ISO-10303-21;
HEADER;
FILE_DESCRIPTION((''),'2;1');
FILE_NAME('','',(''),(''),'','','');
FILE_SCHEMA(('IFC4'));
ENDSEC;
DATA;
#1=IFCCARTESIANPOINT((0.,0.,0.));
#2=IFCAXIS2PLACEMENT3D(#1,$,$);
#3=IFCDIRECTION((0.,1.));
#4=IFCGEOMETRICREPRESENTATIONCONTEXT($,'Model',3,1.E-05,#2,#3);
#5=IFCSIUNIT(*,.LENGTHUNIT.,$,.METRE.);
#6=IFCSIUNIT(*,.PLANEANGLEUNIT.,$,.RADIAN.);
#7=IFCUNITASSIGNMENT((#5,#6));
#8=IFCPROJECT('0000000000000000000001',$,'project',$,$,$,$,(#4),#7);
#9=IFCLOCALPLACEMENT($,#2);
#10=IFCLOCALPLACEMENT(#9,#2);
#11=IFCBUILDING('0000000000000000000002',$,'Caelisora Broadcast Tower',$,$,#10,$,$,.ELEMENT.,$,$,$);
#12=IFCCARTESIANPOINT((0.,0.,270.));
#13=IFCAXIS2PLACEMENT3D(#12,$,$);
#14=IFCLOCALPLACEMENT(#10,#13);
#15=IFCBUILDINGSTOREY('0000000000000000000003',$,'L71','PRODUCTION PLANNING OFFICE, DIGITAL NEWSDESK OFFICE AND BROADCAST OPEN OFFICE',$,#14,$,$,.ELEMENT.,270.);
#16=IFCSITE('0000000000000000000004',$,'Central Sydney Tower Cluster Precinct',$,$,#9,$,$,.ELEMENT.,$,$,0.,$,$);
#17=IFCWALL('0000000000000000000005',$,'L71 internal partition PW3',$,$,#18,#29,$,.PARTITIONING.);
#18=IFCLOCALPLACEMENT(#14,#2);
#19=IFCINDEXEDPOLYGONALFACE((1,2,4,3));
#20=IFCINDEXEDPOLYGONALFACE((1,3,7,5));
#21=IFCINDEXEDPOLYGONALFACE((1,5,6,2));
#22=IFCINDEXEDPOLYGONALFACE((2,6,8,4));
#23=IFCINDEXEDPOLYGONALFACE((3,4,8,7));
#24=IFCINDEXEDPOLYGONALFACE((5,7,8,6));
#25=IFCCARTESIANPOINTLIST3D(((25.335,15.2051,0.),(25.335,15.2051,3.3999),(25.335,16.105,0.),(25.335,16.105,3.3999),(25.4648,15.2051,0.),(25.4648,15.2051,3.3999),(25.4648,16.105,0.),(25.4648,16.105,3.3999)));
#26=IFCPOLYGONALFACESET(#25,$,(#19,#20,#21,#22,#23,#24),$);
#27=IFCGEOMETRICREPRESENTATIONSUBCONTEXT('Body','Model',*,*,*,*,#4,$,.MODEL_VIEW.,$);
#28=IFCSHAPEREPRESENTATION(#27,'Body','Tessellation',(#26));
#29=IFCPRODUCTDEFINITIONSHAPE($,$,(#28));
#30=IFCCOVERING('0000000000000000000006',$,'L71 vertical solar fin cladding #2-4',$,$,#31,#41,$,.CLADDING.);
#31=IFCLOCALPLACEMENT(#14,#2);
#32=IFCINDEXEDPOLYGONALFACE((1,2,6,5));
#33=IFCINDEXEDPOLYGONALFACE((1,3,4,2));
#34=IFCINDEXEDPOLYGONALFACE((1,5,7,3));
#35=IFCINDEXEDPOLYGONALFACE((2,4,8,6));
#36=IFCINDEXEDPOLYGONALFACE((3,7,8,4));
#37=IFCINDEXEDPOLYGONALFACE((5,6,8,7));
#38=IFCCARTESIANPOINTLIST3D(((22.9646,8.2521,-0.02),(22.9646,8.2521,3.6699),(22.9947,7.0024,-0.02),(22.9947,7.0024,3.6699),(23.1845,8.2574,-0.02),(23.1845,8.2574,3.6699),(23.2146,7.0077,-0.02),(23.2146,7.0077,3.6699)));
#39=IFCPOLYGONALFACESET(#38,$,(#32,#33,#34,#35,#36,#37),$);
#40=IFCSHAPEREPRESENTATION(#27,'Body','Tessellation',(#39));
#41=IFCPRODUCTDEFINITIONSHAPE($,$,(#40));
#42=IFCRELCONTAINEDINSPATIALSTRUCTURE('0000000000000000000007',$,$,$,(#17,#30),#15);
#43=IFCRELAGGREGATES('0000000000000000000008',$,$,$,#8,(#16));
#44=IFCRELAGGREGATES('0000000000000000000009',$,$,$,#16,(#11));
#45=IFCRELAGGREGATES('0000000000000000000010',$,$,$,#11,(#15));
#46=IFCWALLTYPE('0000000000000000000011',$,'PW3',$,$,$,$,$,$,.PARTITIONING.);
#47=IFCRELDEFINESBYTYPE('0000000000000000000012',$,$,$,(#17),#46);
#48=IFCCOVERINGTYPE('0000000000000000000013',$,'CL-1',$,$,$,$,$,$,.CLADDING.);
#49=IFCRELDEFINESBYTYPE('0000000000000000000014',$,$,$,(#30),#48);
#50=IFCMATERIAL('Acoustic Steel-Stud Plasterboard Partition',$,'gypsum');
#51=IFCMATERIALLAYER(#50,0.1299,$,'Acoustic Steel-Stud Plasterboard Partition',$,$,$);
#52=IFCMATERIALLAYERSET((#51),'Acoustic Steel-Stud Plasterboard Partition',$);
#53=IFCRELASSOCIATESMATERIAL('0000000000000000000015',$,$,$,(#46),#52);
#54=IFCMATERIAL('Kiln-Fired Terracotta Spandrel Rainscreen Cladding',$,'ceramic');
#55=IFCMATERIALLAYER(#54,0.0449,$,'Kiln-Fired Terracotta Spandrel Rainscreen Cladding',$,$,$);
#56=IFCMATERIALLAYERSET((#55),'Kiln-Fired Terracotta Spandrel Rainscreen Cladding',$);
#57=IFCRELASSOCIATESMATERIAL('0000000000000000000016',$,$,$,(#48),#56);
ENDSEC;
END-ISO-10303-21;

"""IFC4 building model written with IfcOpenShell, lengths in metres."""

from ifc_helpers import new_model, si_unit, direction, frame, frame_2d, origin, origin_2d, place, context, subcontext, project, spatial, rectangle, extrude, source, transform, mapped, material, layer, layer_set, type_object, type_shapes, element, save


model = new_model("IFC4")

# Units and contexts
model_context = context("Model", 3, precision=1e-05, world=origin(), true_north=direction((0.0, 1.0)))
body_context = subcontext(model_context, "Body", "Model", "MODEL_VIEW")
ifc_project = project(units=[si_unit("LENGTHUNIT", "METRE"), si_unit("PLANEANGLEUNIT", "RADIAN")], contexts=[model_context])

# Site, building, storey
site_placement = place(None, origin())
site = spatial("IfcSite", under=ifc_project, at=site_placement, Name="Central Sydney Tower Cluster Precinct", CompositionType="ELEMENT", RefElevation=0.0)
building_placement = place(site_placement, origin())
building = spatial("IfcBuilding", under=site, at=building_placement, Name="Caelisora Broadcast Tower", CompositionType="ELEMENT")
storey_placement = place(building_placement, frame((0.0, 0.0, 270.0)))
storey = spatial("IfcBuildingStorey", under=building, at=storey_placement, Name="L71", Description="PRODUCTION PLANNING OFFICE, DIGITAL NEWSDESK OFFICE AND BROADCAST OPEN OFFICE", CompositionType="ELEMENT", Elevation=270.0)

# Shared definitions
ifc_material_1 = material(Name="Acoustic Steel-Stud Plasterboard Partition", Category="gypsum")
ifc_layer_1 = layer(ifc_material_1, 0.1299, Name="Acoustic Steel-Stud Plasterboard Partition")
ifc_layer_set_1 = layer_set([ifc_layer_1], Name="Acoustic Steel-Stud Plasterboard Partition")
wall_type = type_object("IfcWallType", Name="PW3", PredefinedType="PARTITIONING", material=ifc_layer_set_1)

# Wall
wall_1_placement = place(storey_placement, frame((25.3999, 16.105, 0.0), z_axis=(0.0, 0.0, 1.0), x_axis=(0.0, -1.0, 0.0)))
element("IfcWall", 1, at=wall_1_placement, inside=storey, type_object=wall_type, Name="L71 internal partition PW3", PredefinedType="PARTITIONING", context=body_context, shape_type="SweptSolid", body=[
    extrude(rectangle(XDim=0.8999, YDim=0.1299, at=frame_2d((0.45, 0.0))), origin(), (0.0, 0.0, 1.0), 3.3999),
])

# Covering
ifc_material_2 = material(Name="Kiln-Fired Terracotta Spandrel Rainscreen Cladding", Category="ceramic")
ifc_layer_2 = layer(ifc_material_2, 0.0449, Name="Kiln-Fired Terracotta Spandrel Rainscreen Cladding")
ifc_layer_set_2 = layer_set([ifc_layer_2], Name="Kiln-Fired Terracotta Spandrel Rainscreen Cladding")
covering_type = type_object("IfcCoveringType", Name="CL-1", PredefinedType="CLADDING", material=ifc_layer_set_2)
shared_shape_1 = source(origin(), body_context, "Body", "SweptSolid", [
    extrude(rectangle(XDim=0.22, YDim=1.25, at=origin_2d()), origin(), (0.0, 0.0, 1.0), 3.6899),
])
type_shapes(covering_type, [shared_shape_1])
covering_placement = place(storey_placement, frame((23.0896, 7.6299, -0.02), z_axis=(0.0, 0.0, 1.0), x_axis=(-0.99971, -0.024083, 0.0)))
element("IfcCovering", 2, at=covering_placement, inside=storey, type_object=covering_type, Name="L71 vertical solar fin cladding #2-4", PredefinedType="CLADDING", context=body_context, shape_type="MappedRepresentation", body=[
    mapped(shared_shape_1, transform((0.0, 0.0, 0.0), scale=1.0)),
])

save(model, "model.ifc")
